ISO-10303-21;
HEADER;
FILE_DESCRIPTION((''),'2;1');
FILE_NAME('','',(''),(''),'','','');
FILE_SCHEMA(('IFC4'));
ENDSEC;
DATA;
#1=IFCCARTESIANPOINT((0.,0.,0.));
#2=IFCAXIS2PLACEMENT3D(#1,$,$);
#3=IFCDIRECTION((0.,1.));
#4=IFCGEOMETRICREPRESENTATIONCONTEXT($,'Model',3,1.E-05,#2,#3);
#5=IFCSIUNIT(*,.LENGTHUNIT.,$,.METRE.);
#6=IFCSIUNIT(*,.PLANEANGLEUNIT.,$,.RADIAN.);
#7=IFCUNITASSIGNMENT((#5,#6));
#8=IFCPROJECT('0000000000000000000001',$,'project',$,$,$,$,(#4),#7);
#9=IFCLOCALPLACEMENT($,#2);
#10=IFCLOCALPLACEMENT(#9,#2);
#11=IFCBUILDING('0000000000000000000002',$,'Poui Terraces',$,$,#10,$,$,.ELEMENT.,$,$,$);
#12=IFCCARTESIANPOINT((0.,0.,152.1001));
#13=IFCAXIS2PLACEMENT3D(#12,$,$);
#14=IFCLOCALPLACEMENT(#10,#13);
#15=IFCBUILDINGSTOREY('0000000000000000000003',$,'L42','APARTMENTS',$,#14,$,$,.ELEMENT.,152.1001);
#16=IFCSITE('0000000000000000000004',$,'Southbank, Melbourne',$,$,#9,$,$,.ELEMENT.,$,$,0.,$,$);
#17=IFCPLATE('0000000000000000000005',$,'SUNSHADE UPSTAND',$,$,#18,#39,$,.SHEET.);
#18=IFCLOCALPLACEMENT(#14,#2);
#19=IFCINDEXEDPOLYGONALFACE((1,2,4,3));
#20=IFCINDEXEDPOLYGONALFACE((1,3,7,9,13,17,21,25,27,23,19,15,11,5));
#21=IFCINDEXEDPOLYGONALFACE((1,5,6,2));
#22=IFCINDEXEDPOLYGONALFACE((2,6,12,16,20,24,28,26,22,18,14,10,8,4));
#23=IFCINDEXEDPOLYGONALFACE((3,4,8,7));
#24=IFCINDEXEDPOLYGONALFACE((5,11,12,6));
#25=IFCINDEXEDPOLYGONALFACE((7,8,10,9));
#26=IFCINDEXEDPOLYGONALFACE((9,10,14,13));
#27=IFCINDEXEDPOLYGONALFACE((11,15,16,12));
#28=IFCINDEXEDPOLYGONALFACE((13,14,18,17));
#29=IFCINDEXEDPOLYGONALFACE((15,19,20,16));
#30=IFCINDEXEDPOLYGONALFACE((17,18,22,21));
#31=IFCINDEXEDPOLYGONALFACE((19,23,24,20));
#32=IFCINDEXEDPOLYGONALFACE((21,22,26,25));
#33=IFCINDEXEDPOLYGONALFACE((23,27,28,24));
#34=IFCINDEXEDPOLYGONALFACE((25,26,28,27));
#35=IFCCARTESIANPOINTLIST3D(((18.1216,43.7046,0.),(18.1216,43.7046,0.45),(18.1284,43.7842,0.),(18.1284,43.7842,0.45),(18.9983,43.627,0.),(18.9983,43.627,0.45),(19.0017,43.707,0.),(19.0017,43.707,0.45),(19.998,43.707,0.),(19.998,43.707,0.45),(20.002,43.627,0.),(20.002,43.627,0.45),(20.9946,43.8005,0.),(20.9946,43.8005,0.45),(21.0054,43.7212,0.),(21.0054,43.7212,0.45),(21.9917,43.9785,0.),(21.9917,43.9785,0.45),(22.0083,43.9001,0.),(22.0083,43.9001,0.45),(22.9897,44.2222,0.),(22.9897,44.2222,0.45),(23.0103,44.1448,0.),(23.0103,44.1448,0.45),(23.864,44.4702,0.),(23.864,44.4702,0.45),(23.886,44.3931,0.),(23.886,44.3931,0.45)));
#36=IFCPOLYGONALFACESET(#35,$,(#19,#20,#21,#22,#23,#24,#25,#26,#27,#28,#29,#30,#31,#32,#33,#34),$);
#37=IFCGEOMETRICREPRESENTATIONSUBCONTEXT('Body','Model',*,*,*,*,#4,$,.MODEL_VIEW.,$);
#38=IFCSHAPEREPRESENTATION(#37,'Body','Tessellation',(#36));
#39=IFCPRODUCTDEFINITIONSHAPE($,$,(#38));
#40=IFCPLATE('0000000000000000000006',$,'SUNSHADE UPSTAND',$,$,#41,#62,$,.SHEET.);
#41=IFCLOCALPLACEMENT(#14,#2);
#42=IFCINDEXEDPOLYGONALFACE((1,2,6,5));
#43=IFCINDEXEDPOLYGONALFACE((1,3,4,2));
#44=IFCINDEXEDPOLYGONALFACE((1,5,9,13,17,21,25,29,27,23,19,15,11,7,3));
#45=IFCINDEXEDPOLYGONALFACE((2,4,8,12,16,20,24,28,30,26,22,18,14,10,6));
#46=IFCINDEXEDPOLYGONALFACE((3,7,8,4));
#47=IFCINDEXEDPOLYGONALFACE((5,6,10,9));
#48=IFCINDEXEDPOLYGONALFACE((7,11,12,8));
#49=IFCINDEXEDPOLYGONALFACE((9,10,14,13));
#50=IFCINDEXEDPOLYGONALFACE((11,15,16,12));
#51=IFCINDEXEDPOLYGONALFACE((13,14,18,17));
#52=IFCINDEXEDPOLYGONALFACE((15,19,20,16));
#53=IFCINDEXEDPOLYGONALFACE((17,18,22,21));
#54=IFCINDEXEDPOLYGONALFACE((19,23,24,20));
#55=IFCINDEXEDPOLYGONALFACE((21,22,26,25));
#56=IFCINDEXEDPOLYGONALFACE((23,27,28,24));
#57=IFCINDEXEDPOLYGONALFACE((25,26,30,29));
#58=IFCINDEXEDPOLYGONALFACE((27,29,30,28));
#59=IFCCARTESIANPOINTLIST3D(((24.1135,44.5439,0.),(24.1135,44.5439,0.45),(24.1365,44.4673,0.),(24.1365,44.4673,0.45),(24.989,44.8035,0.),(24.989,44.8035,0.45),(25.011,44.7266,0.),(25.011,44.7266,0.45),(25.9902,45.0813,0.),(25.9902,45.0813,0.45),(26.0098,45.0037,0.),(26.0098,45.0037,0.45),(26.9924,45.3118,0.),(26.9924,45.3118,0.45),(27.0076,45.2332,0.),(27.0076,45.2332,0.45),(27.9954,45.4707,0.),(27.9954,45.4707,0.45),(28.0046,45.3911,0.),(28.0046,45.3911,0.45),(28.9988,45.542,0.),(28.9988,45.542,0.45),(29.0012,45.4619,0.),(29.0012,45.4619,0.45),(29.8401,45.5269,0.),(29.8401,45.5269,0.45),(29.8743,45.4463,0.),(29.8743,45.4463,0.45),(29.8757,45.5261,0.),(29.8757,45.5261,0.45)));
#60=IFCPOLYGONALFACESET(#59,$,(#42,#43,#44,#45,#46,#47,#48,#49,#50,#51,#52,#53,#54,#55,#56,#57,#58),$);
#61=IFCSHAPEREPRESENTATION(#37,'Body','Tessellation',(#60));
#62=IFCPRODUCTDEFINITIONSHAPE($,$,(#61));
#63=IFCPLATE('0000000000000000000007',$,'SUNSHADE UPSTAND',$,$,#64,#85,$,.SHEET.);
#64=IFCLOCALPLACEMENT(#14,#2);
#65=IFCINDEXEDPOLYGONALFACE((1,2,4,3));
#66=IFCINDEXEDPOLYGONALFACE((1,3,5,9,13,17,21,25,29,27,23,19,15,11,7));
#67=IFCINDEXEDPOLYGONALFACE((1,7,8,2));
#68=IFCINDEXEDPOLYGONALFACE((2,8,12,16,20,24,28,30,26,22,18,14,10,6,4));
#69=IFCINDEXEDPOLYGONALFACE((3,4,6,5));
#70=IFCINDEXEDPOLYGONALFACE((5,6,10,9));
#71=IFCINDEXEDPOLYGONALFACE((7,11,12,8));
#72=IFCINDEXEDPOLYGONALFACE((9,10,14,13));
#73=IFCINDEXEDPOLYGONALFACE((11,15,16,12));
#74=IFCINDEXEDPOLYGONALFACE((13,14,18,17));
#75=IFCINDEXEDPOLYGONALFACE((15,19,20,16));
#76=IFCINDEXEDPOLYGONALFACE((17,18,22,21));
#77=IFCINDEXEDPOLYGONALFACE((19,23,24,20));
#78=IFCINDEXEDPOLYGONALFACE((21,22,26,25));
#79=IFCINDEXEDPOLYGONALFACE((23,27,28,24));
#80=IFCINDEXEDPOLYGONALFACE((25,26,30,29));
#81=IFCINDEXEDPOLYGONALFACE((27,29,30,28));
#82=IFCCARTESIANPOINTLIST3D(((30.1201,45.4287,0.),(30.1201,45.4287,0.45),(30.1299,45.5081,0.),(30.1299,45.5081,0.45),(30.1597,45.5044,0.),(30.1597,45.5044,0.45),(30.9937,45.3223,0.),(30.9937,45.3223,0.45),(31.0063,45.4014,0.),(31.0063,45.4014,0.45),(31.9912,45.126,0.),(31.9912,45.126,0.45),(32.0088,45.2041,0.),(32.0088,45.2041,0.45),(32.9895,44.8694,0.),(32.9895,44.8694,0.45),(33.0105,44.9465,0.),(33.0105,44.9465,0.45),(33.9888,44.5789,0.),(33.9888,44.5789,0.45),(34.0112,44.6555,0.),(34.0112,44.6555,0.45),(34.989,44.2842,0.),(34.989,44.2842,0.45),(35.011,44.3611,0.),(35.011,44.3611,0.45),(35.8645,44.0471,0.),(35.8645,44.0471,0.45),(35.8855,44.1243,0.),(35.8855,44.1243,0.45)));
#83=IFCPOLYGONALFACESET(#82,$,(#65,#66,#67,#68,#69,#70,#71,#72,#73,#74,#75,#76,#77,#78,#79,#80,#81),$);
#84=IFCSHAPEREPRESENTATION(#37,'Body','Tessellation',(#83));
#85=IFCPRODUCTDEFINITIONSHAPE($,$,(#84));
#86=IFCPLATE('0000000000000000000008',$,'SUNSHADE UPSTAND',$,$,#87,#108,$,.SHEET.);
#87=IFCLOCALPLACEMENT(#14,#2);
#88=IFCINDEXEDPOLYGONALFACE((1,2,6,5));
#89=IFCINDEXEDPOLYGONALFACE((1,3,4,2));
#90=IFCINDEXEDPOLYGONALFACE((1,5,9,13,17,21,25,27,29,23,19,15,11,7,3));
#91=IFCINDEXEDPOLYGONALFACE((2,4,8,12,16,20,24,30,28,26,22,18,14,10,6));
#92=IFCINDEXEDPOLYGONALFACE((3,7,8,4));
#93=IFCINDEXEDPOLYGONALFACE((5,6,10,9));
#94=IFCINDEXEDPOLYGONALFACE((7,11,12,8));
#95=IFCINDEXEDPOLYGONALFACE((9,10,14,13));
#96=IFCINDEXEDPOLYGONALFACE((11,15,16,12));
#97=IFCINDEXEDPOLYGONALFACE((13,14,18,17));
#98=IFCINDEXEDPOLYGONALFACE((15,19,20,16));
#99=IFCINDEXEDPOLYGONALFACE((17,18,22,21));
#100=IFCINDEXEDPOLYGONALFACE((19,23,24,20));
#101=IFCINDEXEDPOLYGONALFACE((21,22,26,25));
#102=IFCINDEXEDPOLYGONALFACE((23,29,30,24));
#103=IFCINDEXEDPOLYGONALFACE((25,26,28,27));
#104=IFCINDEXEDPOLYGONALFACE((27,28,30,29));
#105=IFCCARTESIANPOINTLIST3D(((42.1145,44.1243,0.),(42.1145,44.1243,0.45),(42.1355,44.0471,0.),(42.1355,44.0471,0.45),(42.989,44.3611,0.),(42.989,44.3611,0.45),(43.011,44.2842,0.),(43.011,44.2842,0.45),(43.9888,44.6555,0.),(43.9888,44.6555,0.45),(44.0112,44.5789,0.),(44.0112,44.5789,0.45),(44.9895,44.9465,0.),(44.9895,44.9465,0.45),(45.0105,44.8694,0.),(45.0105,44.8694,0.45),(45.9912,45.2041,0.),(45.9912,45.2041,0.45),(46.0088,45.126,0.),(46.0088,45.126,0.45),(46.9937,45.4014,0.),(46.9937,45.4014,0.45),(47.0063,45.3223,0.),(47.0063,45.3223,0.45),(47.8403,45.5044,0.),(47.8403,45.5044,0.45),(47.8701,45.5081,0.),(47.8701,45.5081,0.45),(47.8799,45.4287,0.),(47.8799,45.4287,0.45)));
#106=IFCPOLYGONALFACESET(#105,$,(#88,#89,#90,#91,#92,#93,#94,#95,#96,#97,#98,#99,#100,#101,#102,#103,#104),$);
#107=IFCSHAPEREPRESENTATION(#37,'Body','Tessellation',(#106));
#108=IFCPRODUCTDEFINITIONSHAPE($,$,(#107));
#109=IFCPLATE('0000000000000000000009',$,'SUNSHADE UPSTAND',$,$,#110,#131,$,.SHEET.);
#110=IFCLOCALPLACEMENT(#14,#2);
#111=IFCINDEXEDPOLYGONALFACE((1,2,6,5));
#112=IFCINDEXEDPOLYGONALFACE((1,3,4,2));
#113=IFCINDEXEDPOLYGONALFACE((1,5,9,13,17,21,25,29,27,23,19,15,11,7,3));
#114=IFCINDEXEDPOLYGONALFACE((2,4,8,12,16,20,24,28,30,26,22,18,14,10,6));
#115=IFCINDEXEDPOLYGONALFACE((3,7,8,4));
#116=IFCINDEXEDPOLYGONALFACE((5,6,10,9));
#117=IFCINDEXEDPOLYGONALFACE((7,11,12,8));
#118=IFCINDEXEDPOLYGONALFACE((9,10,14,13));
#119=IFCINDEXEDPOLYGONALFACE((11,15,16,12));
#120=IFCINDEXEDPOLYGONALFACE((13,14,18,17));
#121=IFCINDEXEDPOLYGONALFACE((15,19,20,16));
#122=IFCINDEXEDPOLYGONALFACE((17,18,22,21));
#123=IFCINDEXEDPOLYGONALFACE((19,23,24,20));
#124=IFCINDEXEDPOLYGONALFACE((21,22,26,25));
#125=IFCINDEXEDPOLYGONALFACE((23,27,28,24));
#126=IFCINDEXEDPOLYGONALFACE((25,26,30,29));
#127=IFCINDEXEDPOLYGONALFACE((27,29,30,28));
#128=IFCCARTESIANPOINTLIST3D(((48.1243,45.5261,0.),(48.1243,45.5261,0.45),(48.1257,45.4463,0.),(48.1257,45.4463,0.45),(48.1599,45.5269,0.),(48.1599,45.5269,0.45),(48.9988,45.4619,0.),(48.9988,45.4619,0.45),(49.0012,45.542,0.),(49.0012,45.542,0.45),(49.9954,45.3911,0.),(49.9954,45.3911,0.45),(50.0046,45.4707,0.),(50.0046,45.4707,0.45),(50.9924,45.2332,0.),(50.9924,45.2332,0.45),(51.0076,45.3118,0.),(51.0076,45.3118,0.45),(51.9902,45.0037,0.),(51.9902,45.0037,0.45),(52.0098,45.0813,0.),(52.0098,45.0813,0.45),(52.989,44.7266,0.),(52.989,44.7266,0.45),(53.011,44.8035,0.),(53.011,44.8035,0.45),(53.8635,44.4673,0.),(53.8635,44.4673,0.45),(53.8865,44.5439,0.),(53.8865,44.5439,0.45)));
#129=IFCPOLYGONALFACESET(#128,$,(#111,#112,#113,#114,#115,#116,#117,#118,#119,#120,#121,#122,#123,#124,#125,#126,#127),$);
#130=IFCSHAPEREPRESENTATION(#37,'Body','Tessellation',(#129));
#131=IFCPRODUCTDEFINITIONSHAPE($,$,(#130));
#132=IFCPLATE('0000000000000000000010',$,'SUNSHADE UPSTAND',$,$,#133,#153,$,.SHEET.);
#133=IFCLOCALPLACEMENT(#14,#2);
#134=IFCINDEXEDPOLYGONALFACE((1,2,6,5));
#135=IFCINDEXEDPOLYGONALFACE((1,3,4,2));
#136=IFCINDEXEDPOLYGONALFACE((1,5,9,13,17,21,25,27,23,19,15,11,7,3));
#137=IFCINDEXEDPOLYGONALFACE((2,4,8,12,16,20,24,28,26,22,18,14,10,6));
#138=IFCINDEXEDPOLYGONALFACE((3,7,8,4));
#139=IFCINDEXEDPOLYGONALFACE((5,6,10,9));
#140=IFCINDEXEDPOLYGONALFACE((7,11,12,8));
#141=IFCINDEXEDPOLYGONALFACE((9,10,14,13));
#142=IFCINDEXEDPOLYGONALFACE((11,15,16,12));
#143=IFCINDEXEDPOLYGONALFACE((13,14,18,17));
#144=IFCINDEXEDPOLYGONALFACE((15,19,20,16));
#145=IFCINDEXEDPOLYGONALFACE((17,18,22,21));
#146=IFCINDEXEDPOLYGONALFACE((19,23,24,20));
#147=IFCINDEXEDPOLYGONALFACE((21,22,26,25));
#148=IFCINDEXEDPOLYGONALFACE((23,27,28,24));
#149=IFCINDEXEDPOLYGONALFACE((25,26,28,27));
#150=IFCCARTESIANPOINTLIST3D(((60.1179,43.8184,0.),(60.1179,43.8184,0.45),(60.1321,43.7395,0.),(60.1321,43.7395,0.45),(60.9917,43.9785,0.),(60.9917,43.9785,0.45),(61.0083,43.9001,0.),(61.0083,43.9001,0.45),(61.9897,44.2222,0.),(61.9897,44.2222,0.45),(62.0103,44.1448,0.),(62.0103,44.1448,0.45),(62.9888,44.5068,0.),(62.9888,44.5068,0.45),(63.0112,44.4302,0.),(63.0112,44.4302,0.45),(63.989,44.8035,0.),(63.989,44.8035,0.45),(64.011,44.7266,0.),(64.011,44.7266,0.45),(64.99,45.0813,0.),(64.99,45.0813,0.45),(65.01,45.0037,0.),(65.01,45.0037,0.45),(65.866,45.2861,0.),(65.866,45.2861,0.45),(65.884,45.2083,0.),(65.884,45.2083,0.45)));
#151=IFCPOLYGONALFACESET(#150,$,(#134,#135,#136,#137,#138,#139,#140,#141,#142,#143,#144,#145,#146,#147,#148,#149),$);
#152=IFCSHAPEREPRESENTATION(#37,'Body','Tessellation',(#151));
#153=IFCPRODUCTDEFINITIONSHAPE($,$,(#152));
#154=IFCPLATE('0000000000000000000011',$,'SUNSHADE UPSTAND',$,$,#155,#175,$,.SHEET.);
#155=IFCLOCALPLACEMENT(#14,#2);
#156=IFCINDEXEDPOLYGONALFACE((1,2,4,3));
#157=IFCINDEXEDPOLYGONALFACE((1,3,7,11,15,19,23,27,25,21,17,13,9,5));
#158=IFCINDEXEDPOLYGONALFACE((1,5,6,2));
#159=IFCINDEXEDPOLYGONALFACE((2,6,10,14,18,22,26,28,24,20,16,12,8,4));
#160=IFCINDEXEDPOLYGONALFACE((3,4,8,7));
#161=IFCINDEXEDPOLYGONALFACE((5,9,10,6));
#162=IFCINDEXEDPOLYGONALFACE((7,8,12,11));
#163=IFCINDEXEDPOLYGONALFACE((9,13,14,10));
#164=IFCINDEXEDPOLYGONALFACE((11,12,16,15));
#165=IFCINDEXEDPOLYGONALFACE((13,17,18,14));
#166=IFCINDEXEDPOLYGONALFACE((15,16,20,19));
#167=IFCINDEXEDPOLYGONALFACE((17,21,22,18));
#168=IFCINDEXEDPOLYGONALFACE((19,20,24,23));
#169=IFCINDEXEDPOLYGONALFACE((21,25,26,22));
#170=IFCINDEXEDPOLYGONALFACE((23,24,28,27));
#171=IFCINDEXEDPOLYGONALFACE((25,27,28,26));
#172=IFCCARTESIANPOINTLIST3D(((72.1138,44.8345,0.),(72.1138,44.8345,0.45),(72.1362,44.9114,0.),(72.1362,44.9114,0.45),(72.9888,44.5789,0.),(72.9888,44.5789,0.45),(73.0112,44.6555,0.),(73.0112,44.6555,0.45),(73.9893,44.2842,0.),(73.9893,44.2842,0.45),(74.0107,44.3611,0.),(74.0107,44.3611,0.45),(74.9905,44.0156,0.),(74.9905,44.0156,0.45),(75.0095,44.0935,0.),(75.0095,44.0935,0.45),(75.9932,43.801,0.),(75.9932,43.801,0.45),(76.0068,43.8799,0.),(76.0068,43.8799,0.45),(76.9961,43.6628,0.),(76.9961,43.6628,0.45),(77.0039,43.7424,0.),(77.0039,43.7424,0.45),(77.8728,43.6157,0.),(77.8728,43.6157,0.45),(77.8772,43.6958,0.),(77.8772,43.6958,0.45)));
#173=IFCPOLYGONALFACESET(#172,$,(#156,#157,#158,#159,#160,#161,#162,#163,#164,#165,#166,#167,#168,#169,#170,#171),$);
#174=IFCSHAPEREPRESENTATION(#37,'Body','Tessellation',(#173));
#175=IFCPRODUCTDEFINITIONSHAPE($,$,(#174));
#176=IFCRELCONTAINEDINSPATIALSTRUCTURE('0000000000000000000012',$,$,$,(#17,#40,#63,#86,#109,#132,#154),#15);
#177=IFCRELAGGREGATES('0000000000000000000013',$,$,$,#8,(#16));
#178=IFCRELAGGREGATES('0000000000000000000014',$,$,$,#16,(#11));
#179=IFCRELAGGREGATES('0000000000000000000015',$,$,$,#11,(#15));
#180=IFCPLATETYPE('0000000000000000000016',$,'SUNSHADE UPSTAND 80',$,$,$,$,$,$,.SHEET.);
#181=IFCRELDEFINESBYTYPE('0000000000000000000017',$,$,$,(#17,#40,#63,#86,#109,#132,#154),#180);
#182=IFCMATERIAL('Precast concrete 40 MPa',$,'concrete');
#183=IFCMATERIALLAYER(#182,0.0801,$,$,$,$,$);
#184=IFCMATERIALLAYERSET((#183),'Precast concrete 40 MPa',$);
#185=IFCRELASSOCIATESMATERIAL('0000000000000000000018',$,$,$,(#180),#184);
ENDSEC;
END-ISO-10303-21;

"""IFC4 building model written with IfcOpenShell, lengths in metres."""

from ifc_helpers import new_model, si_unit, direction, frame, origin, place, context, subcontext, project, spatial, polyline, outline, extrude, material, layer, layer_set, type_object, element, save


model = new_model("IFC4")

# Units and contexts
model_context = context("Model", 3, precision=1e-05, world=origin(), true_north=direction((0.0, 1.0)))
body_context = subcontext(model_context, "Body", "Model", "MODEL_VIEW")
ifc_project = project(units=[si_unit("LENGTHUNIT", "METRE"), si_unit("PLANEANGLEUNIT", "RADIAN")], contexts=[model_context])

# Site, building, storey
site_placement = place(None, origin())
site = spatial("IfcSite", under=ifc_project, at=site_placement, Name="Southbank, Melbourne", CompositionType="ELEMENT", RefElevation=0.0)
building_placement = place(site_placement, origin())
building = spatial("IfcBuilding", under=site, at=building_placement, Name="Poui Terraces", CompositionType="ELEMENT")
storey_placement = place(building_placement, frame((0.0, 0.0, 152.1001)))
storey = spatial("IfcBuildingStorey", under=building, at=storey_placement, Name="L42", Description="APARTMENTS", CompositionType="ELEMENT", Elevation=152.1001)

# Shared definitions
ifc_material_1 = material(Name="Precast concrete 40 MPa", Category="concrete")

# Plates
ifc_layer_1 = layer(ifc_material_1, 0.0801)
ifc_layer_set_1 = layer_set([ifc_layer_1], Name="Precast concrete 40 MPa")
plate_type = type_object("IfcPlateType", Name="SUNSHADE UPSTAND 80", PredefinedType="SHEET", material=ifc_layer_set_1)
plate_1_placement = place(storey_placement, origin())
element("IfcPlate", 1, at=plate_1_placement, inside=storey, type_object=plate_type, Name="SUNSHADE UPSTAND", PredefinedType="SHEET", context=body_context, shape_type="SweptSolid", body=[
    extrude(outline(polyline([(19.0017, 43.707), (18.1284, 43.7842), (18.1216, 43.7046), (18.9983, 43.627), (20.002, 43.627), (21.0054, 43.7212), (22.0083, 43.9001), (23.0103, 44.1448), (23.886, 44.3931), (23.864, 44.4702), (22.9897, 44.2222), (21.9917, 43.9785), (20.9946, 43.8005), (19.998, 43.707), (19.0017, 43.707)])), origin(), (0.0, 0.0, 1.0), 0.45),
])
plate_2_placement = place(storey_placement, origin())
element("IfcPlate", 2, at=plate_2_placement, inside=storey, type_object=plate_type, Name="SUNSHADE UPSTAND", PredefinedType="SHEET", context=body_context, shape_type="SweptSolid", body=[
    extrude(outline(polyline([(24.989, 44.8035), (24.1135, 44.5439), (24.1365, 44.4673), (25.011, 44.7266), (26.0098, 45.0037), (27.0076, 45.2332), (28.0046, 45.3911), (29.0012, 45.4619), (29.8743, 45.4463), (29.8757, 45.5261), (29.8401, 45.5269), (28.9988, 45.542), (27.9954, 45.4707), (26.9924, 45.3118), (25.9902, 45.0813), (24.989, 44.8035)])), origin(), (0.0, 0.0, 1.0), 0.45),
])
plate_3_placement = place(storey_placement, origin())
element("IfcPlate", 3, at=plate_3_placement, inside=storey, type_object=plate_type, Name="SUNSHADE UPSTAND", PredefinedType="SHEET", context=body_context, shape_type="SweptSolid", body=[
    extrude(outline(polyline([(31.0063, 45.4014), (30.1597, 45.5044), (30.1299, 45.5081), (30.1201, 45.4287), (30.9937, 45.3223), (31.9912, 45.126), (32.9895, 44.8694), (33.9888, 44.5789), (34.989, 44.2842), (35.8645, 44.0471), (35.8855, 44.1243), (35.011, 44.3611), (34.0112, 44.6555), (33.0105, 44.9465), (32.0088, 45.2041), (31.0063, 45.4014)])), origin(), (0.0, 0.0, 1.0), 0.45),
])
plate_4_placement = place(storey_placement, origin())
element("IfcPlate", 4, at=plate_4_placement, inside=storey, type_object=plate_type, Name="SUNSHADE UPSTAND", PredefinedType="SHEET", context=body_context, shape_type="SweptSolid", body=[
    extrude(outline(polyline([(42.989, 44.3611), (42.1145, 44.1243), (42.1355, 44.0471), (43.011, 44.2842), (44.0112, 44.5789), (45.0105, 44.8694), (46.0088, 45.126), (47.0063, 45.3223), (47.8799, 45.4287), (47.8701, 45.5081), (47.8403, 45.5044), (46.9937, 45.4014), (45.9912, 45.2041), (44.9895, 44.9465), (43.9888, 44.6555), (42.989, 44.3611)])), origin(), (0.0, 0.0, 1.0), 0.45),
])
plate_5_placement = place(storey_placement, origin())
element("IfcPlate", 5, at=plate_5_placement, inside=storey, type_object=plate_type, Name="SUNSHADE UPSTAND", PredefinedType="SHEET", context=body_context, shape_type="SweptSolid", body=[
    extrude(outline(polyline([(49.0012, 45.542), (48.1599, 45.5269), (48.1243, 45.5261), (48.1257, 45.4463), (48.9988, 45.4619), (49.9954, 45.3911), (50.9924, 45.2332), (51.9902, 45.0037), (52.989, 44.7266), (53.8635, 44.4673), (53.8865, 44.5439), (53.011, 44.8035), (52.0098, 45.0813), (51.0076, 45.3118), (50.0046, 45.4707), (49.0012, 45.542)])), origin(), (0.0, 0.0, 1.0), 0.45),
])
plate_6_placement = place(storey_placement, origin())
element("IfcPlate", 6, at=plate_6_placement, inside=storey, type_object=plate_type, Name="SUNSHADE UPSTAND", PredefinedType="SHEET", context=body_context, shape_type="SweptSolid", body=[
    extrude(outline(polyline([(60.9917, 43.9785), (60.1179, 43.8184), (60.1321, 43.7395), (61.0083, 43.9001), (62.0103, 44.1448), (63.0112, 44.4302), (64.011, 44.7266), (65.01, 45.0037), (65.884, 45.2083), (65.866, 45.2861), (64.99, 45.0813), (63.989, 44.8035), (62.9888, 44.5068), (61.9897, 44.2222), (60.9917, 43.9785)])), origin(), (0.0, 0.0, 1.0), 0.45),
])
plate_7_placement = place(storey_placement, origin())
element("IfcPlate", 7, at=plate_7_placement, inside=storey, type_object=plate_type, Name="SUNSHADE UPSTAND", PredefinedType="SHEET", context=body_context, shape_type="SweptSolid", body=[
    extrude(outline(polyline([(73.0112, 44.6555), (72.1362, 44.9114), (72.1138, 44.8345), (72.9888, 44.5789), (73.9893, 44.2842), (74.9905, 44.0156), (75.9932, 43.801), (76.9961, 43.6628), (77.8728, 43.6157), (77.8772, 43.6958), (77.0039, 43.7424), (76.0068, 43.8799), (75.0095, 44.0935), (74.0107, 44.3611), (73.0112, 44.6555)])), origin(), (0.0, 0.0, 1.0), 0.45),
])

save(model, "model.ifc")
